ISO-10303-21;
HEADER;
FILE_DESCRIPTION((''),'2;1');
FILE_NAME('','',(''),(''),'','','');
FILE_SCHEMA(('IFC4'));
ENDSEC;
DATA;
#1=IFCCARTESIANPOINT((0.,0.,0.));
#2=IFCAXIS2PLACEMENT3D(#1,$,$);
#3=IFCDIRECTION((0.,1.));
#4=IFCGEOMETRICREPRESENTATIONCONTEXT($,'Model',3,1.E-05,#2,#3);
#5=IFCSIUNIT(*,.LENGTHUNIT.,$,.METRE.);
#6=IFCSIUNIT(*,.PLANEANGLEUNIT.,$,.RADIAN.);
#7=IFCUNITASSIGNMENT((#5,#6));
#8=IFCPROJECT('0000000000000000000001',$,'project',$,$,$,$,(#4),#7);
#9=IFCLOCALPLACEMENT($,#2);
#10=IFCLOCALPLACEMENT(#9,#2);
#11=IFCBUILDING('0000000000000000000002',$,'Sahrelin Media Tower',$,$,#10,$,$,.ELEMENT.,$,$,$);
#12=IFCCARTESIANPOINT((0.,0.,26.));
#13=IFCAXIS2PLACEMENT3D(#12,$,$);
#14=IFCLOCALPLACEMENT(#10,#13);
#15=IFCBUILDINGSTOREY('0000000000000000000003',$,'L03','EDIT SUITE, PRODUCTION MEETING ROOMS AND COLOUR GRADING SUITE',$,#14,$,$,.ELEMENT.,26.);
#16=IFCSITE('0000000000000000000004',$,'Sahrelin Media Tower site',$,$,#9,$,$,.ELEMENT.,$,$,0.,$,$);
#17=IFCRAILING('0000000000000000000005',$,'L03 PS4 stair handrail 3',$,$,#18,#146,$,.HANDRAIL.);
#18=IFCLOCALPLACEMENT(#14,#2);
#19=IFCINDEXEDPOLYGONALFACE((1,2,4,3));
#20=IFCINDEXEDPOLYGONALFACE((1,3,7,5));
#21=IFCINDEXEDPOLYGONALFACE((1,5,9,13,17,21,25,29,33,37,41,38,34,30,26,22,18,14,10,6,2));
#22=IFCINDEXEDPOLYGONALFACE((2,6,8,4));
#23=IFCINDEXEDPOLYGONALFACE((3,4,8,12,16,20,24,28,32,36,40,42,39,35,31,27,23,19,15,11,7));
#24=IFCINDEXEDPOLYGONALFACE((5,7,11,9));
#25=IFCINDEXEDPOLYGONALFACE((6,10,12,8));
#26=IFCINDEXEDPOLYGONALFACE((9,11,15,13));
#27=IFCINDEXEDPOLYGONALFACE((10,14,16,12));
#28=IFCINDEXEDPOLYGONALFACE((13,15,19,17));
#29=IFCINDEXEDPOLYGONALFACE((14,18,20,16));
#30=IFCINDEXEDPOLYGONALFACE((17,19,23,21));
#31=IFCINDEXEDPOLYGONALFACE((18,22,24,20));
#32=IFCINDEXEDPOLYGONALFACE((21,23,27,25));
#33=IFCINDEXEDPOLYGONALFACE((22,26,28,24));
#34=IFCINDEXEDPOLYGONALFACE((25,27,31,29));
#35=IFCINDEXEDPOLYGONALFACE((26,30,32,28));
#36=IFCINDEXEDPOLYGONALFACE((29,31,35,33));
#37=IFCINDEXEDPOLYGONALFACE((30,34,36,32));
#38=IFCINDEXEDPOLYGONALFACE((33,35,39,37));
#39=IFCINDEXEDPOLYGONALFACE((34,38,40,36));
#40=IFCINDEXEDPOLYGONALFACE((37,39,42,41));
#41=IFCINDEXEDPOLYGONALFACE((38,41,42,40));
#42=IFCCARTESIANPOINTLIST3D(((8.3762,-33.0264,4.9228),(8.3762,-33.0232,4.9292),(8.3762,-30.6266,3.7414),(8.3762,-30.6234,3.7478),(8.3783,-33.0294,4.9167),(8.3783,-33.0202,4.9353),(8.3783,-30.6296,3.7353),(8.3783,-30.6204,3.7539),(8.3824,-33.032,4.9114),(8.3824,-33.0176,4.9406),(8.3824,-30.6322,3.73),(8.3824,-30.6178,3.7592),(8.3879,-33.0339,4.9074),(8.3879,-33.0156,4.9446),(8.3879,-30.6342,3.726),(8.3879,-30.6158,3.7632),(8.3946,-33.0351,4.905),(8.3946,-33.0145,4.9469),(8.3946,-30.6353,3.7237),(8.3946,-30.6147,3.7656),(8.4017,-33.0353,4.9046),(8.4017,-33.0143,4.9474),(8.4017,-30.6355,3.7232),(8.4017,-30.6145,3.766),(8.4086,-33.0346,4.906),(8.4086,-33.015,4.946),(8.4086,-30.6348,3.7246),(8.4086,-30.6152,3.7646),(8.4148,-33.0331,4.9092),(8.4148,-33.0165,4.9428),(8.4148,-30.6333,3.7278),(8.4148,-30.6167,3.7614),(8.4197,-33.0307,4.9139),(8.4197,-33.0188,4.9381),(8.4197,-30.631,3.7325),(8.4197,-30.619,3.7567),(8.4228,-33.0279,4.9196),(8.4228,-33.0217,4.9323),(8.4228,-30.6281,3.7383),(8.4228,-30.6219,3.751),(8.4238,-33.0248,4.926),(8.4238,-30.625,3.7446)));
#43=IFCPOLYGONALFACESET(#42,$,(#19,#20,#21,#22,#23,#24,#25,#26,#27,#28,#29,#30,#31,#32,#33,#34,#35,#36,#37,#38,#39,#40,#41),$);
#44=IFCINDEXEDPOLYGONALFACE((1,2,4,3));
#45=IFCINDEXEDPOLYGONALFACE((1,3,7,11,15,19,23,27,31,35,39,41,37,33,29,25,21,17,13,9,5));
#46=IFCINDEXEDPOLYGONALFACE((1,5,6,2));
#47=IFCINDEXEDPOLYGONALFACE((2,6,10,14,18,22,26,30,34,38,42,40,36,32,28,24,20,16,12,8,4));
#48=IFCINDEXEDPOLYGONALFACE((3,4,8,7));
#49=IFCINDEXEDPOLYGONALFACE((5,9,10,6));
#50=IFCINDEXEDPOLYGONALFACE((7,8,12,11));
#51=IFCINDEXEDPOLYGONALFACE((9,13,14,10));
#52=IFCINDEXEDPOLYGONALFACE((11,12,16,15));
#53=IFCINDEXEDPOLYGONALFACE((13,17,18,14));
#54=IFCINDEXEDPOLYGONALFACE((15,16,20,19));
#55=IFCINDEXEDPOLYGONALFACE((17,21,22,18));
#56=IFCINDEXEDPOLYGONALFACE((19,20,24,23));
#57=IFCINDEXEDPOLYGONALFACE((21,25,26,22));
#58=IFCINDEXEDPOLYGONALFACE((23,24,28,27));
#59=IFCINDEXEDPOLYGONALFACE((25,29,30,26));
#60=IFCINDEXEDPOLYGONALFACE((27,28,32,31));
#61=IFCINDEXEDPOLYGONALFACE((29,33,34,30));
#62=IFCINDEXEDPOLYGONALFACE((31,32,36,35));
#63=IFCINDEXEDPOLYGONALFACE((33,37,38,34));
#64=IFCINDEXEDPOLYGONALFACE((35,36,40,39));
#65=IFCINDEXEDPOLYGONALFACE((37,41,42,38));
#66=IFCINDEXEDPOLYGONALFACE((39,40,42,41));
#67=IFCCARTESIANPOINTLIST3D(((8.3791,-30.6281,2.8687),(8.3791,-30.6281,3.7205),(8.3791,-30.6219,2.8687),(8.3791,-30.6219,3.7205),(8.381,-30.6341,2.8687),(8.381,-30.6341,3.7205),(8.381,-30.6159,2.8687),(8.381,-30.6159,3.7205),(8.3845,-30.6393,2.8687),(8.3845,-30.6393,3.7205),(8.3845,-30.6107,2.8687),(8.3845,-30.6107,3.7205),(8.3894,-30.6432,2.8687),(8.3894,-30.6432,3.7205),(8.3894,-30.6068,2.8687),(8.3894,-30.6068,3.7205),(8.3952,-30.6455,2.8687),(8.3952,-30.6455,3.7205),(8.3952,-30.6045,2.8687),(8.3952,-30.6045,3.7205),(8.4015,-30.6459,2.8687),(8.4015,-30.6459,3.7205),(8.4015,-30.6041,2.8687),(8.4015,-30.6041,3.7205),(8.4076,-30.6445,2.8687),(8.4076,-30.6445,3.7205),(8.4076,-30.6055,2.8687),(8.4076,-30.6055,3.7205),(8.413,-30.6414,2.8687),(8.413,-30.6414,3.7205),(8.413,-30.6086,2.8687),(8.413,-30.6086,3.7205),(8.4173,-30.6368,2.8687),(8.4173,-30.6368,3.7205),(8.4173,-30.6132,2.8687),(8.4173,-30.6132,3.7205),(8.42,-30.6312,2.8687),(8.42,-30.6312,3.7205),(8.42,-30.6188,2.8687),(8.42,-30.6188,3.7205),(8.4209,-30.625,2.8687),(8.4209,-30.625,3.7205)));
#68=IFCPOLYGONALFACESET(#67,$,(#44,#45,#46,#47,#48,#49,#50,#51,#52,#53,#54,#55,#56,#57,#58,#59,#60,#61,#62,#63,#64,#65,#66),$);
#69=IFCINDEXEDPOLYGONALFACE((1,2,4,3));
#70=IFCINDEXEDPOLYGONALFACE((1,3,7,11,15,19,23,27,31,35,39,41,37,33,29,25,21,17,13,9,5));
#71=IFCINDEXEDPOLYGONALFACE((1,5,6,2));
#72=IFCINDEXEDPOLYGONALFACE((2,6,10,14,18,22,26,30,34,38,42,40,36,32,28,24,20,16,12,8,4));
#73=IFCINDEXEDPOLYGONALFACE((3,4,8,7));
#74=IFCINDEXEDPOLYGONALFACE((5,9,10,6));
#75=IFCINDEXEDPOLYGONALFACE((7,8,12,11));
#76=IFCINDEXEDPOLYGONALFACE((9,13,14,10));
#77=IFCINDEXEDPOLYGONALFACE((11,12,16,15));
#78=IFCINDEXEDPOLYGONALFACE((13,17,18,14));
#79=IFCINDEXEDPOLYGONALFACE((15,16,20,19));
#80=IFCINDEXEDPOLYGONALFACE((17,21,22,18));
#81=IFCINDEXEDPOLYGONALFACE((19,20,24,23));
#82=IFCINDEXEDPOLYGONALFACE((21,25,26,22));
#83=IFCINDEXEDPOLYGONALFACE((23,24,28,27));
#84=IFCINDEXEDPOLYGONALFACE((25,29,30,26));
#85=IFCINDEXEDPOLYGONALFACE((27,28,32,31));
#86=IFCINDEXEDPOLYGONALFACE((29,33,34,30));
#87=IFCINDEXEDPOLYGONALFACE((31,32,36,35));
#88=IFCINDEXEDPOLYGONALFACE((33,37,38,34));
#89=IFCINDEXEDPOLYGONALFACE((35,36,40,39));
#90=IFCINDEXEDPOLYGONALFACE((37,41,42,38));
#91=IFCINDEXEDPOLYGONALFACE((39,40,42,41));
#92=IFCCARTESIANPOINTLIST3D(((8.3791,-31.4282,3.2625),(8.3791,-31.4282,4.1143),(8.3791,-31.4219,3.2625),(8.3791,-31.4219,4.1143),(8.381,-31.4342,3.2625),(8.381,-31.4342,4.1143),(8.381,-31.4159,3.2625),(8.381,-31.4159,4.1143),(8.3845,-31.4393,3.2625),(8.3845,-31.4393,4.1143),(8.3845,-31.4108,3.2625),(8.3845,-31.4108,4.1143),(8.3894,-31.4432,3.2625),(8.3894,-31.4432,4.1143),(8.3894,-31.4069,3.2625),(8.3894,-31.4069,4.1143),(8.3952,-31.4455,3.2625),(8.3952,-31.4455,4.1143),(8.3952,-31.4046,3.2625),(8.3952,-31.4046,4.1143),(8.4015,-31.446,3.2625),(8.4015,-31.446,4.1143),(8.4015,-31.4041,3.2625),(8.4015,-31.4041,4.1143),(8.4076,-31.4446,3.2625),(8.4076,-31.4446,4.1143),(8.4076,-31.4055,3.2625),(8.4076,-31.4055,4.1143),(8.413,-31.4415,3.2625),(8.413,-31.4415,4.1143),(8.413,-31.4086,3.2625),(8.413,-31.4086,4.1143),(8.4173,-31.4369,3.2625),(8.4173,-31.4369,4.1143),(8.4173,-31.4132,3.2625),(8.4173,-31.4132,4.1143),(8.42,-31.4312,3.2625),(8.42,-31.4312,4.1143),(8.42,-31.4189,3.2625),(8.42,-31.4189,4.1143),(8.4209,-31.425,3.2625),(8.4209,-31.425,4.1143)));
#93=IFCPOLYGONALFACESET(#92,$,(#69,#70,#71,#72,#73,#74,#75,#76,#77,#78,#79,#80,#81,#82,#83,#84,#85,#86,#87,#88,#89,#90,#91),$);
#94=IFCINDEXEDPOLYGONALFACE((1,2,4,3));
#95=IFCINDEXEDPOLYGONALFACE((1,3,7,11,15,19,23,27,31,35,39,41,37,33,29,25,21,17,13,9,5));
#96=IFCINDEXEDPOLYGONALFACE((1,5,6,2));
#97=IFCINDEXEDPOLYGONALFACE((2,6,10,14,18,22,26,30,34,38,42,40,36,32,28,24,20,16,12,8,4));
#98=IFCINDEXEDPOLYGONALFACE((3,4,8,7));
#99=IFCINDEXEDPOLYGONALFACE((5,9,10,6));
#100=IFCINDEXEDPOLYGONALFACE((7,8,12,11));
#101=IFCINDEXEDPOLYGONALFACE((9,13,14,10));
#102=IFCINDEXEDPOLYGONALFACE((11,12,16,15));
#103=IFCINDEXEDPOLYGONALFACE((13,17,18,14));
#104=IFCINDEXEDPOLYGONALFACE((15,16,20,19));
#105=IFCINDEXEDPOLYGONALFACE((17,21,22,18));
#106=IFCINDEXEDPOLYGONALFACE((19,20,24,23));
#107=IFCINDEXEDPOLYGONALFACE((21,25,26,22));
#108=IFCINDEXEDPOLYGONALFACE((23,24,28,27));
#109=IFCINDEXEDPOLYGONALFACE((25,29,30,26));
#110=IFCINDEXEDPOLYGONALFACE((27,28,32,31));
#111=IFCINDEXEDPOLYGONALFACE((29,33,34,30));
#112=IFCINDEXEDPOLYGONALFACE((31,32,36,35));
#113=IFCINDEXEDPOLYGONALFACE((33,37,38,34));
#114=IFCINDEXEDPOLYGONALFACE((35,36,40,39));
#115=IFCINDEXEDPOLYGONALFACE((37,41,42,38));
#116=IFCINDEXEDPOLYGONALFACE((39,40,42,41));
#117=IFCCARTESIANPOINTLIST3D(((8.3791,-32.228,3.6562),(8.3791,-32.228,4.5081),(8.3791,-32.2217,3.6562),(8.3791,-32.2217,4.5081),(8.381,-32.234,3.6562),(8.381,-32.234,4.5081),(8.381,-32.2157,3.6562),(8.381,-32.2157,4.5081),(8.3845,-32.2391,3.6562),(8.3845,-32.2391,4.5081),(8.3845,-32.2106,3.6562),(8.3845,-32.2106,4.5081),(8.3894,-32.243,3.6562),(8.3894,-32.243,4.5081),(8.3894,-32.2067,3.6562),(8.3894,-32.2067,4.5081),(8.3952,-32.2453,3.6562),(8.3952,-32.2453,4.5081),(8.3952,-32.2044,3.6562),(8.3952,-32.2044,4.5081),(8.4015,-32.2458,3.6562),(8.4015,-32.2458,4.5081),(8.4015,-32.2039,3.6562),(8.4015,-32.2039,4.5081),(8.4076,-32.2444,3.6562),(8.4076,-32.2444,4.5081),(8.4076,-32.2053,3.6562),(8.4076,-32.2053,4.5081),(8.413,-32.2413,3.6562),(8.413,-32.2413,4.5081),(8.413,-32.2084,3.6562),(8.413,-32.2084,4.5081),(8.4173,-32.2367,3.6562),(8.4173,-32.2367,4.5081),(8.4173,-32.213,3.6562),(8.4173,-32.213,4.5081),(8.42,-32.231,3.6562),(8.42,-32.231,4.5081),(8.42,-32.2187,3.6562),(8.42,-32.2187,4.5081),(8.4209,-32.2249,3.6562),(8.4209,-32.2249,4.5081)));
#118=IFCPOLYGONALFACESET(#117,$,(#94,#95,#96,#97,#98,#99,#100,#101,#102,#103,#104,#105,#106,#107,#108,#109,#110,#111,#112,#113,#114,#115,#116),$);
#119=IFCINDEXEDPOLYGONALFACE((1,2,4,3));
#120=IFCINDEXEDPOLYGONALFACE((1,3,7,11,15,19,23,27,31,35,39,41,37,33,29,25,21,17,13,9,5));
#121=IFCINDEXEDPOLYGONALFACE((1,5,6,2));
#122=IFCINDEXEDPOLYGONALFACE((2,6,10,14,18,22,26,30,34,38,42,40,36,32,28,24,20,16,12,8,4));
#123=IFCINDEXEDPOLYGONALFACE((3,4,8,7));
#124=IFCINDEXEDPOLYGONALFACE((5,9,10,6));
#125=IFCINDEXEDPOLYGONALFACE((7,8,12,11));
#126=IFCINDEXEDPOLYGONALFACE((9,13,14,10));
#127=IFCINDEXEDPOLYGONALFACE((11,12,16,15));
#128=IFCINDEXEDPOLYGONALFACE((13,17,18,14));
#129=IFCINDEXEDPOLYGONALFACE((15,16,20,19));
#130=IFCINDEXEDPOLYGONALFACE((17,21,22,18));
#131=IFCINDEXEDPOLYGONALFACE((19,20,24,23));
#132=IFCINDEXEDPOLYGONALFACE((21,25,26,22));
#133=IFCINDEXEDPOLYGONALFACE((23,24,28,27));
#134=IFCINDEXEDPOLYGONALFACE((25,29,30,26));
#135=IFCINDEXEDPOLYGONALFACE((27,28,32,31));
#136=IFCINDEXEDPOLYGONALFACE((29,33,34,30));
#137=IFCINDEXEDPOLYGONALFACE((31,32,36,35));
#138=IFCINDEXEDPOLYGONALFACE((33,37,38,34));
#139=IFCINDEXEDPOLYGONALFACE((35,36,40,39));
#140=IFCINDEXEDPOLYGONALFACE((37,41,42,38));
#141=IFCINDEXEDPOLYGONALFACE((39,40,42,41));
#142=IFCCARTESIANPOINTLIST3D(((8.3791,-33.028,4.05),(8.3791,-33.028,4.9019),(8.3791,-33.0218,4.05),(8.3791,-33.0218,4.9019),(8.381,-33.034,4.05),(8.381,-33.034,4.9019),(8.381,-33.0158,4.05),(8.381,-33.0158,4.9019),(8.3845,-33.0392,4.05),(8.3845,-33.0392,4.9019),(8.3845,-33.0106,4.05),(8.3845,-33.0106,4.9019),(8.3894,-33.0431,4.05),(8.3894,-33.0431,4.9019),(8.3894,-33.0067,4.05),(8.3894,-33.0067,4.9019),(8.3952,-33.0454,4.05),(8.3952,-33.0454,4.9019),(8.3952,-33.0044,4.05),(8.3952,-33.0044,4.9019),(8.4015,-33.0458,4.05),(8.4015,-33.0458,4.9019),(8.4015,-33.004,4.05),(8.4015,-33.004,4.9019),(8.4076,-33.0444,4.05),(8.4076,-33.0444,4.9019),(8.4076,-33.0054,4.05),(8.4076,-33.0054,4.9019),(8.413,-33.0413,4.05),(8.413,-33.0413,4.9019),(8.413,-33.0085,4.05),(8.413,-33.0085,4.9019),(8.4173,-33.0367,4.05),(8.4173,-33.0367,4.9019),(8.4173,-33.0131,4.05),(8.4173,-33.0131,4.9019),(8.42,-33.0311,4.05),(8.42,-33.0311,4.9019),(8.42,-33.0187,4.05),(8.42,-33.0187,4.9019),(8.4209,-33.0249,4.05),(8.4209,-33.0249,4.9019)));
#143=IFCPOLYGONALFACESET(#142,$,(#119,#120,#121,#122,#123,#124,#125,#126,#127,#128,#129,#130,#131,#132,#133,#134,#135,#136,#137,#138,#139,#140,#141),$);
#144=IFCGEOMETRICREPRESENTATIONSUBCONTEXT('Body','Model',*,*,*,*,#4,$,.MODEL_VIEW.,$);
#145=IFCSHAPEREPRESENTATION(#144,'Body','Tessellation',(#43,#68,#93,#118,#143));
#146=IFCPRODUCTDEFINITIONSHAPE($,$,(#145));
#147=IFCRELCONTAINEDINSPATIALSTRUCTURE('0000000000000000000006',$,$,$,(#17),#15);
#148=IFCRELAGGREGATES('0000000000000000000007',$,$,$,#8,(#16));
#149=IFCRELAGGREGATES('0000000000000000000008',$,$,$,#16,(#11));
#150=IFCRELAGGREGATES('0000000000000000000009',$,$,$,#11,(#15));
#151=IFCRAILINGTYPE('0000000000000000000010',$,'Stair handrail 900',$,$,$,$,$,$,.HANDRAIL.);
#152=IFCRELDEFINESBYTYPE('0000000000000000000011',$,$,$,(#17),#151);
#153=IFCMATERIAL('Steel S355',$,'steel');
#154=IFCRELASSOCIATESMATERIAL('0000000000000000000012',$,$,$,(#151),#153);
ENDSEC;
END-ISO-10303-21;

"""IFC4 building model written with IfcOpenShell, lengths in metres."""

from ifc_helpers import new_model, si_unit, direction, frame, origin, origin_2d, place, context, subcontext, project, spatial, circle, extrude, material, type_object, element, save


model = new_model("IFC4")

# Units and contexts
model_context = context("Model", 3, precision=1e-05, world=origin(), true_north=direction((0.0, 1.0)))
body_context = subcontext(model_context, "Body", "Model", "MODEL_VIEW")
ifc_project = project(units=[si_unit("LENGTHUNIT", "METRE"), si_unit("PLANEANGLEUNIT", "RADIAN")], contexts=[model_context])

# Site, building, storey
site_placement = place(None, origin())
site = spatial("IfcSite", under=ifc_project, at=site_placement, Name="Sahrelin Media Tower site", CompositionType="ELEMENT", RefElevation=0.0)
building_placement = place(site_placement, origin())
building = spatial("IfcBuilding", under=site, at=building_placement, Name="Sahrelin Media Tower", CompositionType="ELEMENT")
storey_placement = place(building_placement, frame((0.0, 0.0, 26.0)))
storey = spatial("IfcBuildingStorey", under=building, at=storey_placement, Name="L03", Description="EDIT SUITE, PRODUCTION MEETING ROOMS AND COLOUR GRADING SUITE", CompositionType="ELEMENT", Elevation=26.0)

# Shared definitions
ifc_material_1 = material(Name="Steel S355", Category="steel")

# Railing
railing_type_1 = type_object("IfcRailingType", Name="Stair handrail 900", PredefinedType="HANDRAIL", material=ifc_material_1)
railing_1_placement = place(storey_placement, frame((8.3999, -30.625, 2.8687)))
element("IfcRailing", 1, at=railing_1_placement, inside=storey, type_object=railing_type_1, Name="L03 PS4 stair handrail 3", PredefinedType="HANDRAIL", context=body_context, shape_type="SweptSolid", body=[
    extrude(circle(Radius=0.0239, at=origin_2d()), frame((0.0, 0.0, 0.876), z_axis=(0.0, -0.897185, 0.441656), x_axis=(1.0, 0.0, 0.0)), (0.0, 0.0, 1.0), 2.6748),
    extrude(circle(Radius=0.021, at=origin_2d()), origin(), (0.0, 0.0, 1.0), 0.8518),
    extrude(circle(Radius=0.021, at=origin_2d()), frame((0.0, -0.8, 0.3938)), (0.0, 0.0, 1.0), 0.8518),
    extrude(circle(Radius=0.021, at=origin_2d()), frame((0.0, -1.5999, 0.7876)), (0.0, 0.0, 1.0), 0.8518),
    extrude(circle(Radius=0.021, at=origin_2d()), frame((0.0, -2.3999, 1.1814)), (0.0, 0.0, 1.0), 0.8518),
])

save(model, "model.ifc")
